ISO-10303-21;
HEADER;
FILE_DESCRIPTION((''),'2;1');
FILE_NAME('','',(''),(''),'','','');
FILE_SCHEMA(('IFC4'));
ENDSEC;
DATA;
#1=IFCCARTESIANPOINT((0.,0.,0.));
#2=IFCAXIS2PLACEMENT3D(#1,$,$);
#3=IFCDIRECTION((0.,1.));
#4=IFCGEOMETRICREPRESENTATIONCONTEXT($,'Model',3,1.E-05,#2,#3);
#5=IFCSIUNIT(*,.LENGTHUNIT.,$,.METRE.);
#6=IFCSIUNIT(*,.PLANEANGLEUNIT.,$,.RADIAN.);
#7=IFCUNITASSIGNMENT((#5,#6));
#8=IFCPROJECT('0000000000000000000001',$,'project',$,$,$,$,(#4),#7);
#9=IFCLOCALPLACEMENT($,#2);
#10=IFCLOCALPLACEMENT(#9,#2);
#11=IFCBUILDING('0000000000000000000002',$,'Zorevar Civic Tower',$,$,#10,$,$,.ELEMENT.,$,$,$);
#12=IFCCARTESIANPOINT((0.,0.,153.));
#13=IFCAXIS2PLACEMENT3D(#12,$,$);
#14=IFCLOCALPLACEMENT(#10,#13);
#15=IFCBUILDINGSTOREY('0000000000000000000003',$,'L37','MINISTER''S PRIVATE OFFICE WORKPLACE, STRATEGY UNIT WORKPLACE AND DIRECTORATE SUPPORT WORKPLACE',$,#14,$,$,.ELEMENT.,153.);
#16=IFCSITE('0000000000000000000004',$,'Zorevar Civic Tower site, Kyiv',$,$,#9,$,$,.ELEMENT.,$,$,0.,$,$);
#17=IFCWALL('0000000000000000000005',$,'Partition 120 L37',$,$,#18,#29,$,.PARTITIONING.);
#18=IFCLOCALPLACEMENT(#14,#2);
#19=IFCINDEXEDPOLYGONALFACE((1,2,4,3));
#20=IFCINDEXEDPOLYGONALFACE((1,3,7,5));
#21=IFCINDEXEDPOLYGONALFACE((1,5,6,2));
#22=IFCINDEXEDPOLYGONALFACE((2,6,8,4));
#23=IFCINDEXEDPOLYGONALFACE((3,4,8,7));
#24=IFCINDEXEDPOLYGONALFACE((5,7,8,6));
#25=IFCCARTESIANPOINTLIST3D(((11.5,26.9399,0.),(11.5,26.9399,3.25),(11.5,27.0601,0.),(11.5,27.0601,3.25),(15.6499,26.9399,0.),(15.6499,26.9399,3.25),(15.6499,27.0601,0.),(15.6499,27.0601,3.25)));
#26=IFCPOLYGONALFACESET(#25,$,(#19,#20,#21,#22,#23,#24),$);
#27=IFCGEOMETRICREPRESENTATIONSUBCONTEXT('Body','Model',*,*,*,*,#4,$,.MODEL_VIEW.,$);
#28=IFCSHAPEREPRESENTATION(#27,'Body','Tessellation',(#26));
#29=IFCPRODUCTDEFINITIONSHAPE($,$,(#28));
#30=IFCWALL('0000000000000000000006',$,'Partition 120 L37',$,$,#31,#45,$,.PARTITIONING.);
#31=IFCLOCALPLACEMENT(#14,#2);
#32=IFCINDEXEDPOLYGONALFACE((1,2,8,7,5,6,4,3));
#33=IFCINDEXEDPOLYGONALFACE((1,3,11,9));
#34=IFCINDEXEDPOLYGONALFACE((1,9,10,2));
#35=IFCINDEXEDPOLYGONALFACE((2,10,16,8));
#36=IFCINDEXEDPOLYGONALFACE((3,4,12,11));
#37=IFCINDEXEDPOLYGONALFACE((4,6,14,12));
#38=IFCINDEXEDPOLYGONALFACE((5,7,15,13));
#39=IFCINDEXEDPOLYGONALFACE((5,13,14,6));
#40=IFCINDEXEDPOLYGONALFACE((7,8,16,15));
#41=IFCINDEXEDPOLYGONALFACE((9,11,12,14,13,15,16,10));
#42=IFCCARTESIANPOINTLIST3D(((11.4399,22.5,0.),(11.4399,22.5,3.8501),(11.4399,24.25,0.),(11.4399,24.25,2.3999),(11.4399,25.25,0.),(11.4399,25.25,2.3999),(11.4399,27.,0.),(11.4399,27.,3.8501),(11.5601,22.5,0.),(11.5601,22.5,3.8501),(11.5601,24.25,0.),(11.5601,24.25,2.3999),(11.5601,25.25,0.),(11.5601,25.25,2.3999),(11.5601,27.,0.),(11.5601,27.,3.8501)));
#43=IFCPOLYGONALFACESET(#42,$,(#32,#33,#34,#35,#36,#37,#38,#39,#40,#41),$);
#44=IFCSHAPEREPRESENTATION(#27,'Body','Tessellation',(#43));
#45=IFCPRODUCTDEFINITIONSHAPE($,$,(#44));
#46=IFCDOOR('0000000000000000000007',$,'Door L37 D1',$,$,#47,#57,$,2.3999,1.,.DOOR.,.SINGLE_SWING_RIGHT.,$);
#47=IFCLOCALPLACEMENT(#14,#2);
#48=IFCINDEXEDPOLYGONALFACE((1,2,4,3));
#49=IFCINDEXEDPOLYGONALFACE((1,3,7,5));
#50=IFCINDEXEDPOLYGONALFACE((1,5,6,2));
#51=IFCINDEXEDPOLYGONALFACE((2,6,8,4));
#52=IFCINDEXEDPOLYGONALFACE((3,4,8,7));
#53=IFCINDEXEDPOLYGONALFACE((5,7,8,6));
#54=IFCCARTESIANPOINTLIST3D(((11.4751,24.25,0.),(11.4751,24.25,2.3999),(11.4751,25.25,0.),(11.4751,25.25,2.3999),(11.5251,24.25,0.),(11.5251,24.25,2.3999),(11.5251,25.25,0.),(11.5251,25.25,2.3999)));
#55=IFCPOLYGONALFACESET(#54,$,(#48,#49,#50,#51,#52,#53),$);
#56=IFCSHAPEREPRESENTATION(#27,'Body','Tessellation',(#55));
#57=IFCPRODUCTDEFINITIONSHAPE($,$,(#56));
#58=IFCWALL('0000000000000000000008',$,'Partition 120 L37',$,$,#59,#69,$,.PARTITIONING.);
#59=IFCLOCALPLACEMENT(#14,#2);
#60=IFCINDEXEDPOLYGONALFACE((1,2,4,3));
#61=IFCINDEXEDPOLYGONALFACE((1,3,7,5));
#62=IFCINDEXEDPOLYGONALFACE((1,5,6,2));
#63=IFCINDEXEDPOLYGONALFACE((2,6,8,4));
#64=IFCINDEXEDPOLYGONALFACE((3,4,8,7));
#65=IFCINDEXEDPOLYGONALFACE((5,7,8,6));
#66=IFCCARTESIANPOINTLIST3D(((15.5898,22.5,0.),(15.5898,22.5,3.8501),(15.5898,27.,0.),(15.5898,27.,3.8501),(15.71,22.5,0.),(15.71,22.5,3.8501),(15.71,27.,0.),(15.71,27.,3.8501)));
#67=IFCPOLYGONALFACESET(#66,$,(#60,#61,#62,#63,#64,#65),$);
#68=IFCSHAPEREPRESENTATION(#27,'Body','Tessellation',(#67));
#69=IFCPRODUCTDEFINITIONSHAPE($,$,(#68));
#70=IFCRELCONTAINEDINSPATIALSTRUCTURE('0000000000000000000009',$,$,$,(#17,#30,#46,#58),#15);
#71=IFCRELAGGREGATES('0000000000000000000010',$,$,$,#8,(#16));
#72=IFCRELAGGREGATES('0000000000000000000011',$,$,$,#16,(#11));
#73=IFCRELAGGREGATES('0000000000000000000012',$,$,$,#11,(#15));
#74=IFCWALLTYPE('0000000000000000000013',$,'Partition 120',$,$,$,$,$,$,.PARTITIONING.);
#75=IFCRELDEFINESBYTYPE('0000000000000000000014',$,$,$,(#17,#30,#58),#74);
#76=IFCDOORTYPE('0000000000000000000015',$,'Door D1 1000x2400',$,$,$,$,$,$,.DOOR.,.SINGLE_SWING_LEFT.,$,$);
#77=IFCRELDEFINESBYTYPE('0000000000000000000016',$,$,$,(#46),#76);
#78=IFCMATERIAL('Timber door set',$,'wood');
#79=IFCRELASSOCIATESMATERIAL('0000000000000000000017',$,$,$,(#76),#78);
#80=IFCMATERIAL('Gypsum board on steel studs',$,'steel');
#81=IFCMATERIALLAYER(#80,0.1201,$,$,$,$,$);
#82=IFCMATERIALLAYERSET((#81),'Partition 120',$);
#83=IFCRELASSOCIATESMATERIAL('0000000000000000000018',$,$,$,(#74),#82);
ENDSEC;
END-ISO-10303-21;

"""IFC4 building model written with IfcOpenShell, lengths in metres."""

from ifc_helpers import new_model, si_unit, direction, frame, frame_2d, origin, place, context, subcontext, project, spatial, rectangle, extrude, material, layer, layer_set, type_object, element, fill, save


model = new_model("IFC4")

# Units and contexts
model_context = context("Model", 3, precision=1e-05, world=origin(), true_north=direction((0.0, 1.0)))
body_context = subcontext(model_context, "Body", "Model", "MODEL_VIEW")
ifc_project = project(units=[si_unit("LENGTHUNIT", "METRE"), si_unit("PLANEANGLEUNIT", "RADIAN")], contexts=[model_context])

# Site, building, storey
site_placement = place(None, origin())
site = spatial("IfcSite", under=ifc_project, at=site_placement, Name="Zorevar Civic Tower site, Kyiv", CompositionType="ELEMENT", RefElevation=0.0)
building_placement = place(site_placement, origin())
building = spatial("IfcBuilding", under=site, at=building_placement, Name="Zorevar Civic Tower", CompositionType="ELEMENT")
storey_placement = place(building_placement, frame((0.0, 0.0, 153.0)))
storey = spatial("IfcBuildingStorey", under=building, at=storey_placement, Name="L37", Description="MINISTER'S PRIVATE OFFICE WORKPLACE, STRATEGY UNIT WORKPLACE AND DIRECTORATE SUPPORT WORKPLACE", CompositionType="ELEMENT", Elevation=153.0)

# Shared definitions
ifc_material_1 = material(Name="Timber door set", Category="wood")
door_type_1 = type_object("IfcDoorType", Name="Door D1 1000x2400", OperationType="SINGLE_SWING_LEFT", PredefinedType="DOOR", material=ifc_material_1)

# Wall
ifc_material_2 = material(Name="Gypsum board on steel studs", Category="steel")
ifc_layer_1 = layer(ifc_material_2, 0.1201)
ifc_layer_set_1 = layer_set([ifc_layer_1], Name="Partition 120")
wall_type_1 = type_object("IfcWallType", Name="Partition 120", PredefinedType="PARTITIONING", material=ifc_layer_set_1)
wall_1_placement = place(storey_placement, frame((11.5, 27.0, 0.0), z_axis=(0.0, 0.0, 1.0), x_axis=(1.0, 0.0, 0.0)))
element("IfcWall", 1, at=wall_1_placement, inside=storey, type_object=wall_type_1, Name="Partition 120 L37", PredefinedType="PARTITIONING", context=body_context, shape_type="SweptSolid", body=[
    extrude(rectangle(XDim=4.1499, YDim=0.1201, at=frame_2d((2.075, 0.0))), origin(), (0.0, 0.0, 1.0), 3.25),
])

# Wall, opening, door
wall_2_placement = place(storey_placement, frame((11.5, 22.5, 0.0), z_axis=(0.0, 0.0, 1.0), x_axis=(0.0, 1.0, 0.0)))
wall_2 = element("IfcWall", 2, at=wall_2_placement, inside=storey, type_object=wall_type_1, Name="Partition 120 L37", PredefinedType="PARTITIONING", context=body_context, shape_type="SweptSolid", body=[
    extrude(rectangle(XDim=4.5, YDim=0.1201, at=frame_2d((2.25, 0.0))), origin(), (0.0, 0.0, 1.0), 3.8501),
])
opening_1_placement = place(wall_2_placement, frame((1.75, 0.0, 0.0)))
opening_1 = element("IfcOpeningElement", 3, at=opening_1_placement, cuts=wall_2, PredefinedType="OPENING", context=body_context, shape_type="SweptSolid", body=[
    extrude(rectangle(XDim=1.0, YDim=2.3999, at=frame_2d((0.5, 1.2))), frame((0.0, 0.0701, 0.0), z_axis=(0.0, -1.0, 0.0), x_axis=(1.0, 0.0, 0.0)), (0.0, 0.0, 1.0), 0.1401),
])
door_1_placement = place(opening_1_placement, origin())
door_1 = element("IfcDoor", 4, at=door_1_placement, inside=storey, type_object=door_type_1, Name="Door L37 D1", OperationType="SINGLE_SWING_RIGHT", OverallHeight=2.3999, OverallWidth=1.0, PredefinedType="DOOR", context=body_context, shape_type="SweptSolid", body=[
    extrude(rectangle(XDim=1.0, YDim=2.3999, at=frame_2d((0.5, 1.2))), frame((0.0, 0.0249, 0.0), z_axis=(0.0, -1.0, 0.0), x_axis=(1.0, 0.0, 0.0)), (0.0, 0.0, 1.0), 0.05),
])
fill(opening_1, door_1)

# Wall
wall_3_placement = place(storey_placement, frame((15.6499, 22.5, 0.0), z_axis=(0.0, 0.0, 1.0), x_axis=(0.0, 1.0, 0.0)))
element("IfcWall", 5, at=wall_3_placement, inside=storey, type_object=wall_type_1, Name="Partition 120 L37", PredefinedType="PARTITIONING", context=body_context, shape_type="SweptSolid", body=[
    extrude(rectangle(XDim=4.5, YDim=0.1201, at=frame_2d((2.25, 0.0))), origin(), (0.0, 0.0, 1.0), 3.8501),
])

save(model, "model.ifc")
